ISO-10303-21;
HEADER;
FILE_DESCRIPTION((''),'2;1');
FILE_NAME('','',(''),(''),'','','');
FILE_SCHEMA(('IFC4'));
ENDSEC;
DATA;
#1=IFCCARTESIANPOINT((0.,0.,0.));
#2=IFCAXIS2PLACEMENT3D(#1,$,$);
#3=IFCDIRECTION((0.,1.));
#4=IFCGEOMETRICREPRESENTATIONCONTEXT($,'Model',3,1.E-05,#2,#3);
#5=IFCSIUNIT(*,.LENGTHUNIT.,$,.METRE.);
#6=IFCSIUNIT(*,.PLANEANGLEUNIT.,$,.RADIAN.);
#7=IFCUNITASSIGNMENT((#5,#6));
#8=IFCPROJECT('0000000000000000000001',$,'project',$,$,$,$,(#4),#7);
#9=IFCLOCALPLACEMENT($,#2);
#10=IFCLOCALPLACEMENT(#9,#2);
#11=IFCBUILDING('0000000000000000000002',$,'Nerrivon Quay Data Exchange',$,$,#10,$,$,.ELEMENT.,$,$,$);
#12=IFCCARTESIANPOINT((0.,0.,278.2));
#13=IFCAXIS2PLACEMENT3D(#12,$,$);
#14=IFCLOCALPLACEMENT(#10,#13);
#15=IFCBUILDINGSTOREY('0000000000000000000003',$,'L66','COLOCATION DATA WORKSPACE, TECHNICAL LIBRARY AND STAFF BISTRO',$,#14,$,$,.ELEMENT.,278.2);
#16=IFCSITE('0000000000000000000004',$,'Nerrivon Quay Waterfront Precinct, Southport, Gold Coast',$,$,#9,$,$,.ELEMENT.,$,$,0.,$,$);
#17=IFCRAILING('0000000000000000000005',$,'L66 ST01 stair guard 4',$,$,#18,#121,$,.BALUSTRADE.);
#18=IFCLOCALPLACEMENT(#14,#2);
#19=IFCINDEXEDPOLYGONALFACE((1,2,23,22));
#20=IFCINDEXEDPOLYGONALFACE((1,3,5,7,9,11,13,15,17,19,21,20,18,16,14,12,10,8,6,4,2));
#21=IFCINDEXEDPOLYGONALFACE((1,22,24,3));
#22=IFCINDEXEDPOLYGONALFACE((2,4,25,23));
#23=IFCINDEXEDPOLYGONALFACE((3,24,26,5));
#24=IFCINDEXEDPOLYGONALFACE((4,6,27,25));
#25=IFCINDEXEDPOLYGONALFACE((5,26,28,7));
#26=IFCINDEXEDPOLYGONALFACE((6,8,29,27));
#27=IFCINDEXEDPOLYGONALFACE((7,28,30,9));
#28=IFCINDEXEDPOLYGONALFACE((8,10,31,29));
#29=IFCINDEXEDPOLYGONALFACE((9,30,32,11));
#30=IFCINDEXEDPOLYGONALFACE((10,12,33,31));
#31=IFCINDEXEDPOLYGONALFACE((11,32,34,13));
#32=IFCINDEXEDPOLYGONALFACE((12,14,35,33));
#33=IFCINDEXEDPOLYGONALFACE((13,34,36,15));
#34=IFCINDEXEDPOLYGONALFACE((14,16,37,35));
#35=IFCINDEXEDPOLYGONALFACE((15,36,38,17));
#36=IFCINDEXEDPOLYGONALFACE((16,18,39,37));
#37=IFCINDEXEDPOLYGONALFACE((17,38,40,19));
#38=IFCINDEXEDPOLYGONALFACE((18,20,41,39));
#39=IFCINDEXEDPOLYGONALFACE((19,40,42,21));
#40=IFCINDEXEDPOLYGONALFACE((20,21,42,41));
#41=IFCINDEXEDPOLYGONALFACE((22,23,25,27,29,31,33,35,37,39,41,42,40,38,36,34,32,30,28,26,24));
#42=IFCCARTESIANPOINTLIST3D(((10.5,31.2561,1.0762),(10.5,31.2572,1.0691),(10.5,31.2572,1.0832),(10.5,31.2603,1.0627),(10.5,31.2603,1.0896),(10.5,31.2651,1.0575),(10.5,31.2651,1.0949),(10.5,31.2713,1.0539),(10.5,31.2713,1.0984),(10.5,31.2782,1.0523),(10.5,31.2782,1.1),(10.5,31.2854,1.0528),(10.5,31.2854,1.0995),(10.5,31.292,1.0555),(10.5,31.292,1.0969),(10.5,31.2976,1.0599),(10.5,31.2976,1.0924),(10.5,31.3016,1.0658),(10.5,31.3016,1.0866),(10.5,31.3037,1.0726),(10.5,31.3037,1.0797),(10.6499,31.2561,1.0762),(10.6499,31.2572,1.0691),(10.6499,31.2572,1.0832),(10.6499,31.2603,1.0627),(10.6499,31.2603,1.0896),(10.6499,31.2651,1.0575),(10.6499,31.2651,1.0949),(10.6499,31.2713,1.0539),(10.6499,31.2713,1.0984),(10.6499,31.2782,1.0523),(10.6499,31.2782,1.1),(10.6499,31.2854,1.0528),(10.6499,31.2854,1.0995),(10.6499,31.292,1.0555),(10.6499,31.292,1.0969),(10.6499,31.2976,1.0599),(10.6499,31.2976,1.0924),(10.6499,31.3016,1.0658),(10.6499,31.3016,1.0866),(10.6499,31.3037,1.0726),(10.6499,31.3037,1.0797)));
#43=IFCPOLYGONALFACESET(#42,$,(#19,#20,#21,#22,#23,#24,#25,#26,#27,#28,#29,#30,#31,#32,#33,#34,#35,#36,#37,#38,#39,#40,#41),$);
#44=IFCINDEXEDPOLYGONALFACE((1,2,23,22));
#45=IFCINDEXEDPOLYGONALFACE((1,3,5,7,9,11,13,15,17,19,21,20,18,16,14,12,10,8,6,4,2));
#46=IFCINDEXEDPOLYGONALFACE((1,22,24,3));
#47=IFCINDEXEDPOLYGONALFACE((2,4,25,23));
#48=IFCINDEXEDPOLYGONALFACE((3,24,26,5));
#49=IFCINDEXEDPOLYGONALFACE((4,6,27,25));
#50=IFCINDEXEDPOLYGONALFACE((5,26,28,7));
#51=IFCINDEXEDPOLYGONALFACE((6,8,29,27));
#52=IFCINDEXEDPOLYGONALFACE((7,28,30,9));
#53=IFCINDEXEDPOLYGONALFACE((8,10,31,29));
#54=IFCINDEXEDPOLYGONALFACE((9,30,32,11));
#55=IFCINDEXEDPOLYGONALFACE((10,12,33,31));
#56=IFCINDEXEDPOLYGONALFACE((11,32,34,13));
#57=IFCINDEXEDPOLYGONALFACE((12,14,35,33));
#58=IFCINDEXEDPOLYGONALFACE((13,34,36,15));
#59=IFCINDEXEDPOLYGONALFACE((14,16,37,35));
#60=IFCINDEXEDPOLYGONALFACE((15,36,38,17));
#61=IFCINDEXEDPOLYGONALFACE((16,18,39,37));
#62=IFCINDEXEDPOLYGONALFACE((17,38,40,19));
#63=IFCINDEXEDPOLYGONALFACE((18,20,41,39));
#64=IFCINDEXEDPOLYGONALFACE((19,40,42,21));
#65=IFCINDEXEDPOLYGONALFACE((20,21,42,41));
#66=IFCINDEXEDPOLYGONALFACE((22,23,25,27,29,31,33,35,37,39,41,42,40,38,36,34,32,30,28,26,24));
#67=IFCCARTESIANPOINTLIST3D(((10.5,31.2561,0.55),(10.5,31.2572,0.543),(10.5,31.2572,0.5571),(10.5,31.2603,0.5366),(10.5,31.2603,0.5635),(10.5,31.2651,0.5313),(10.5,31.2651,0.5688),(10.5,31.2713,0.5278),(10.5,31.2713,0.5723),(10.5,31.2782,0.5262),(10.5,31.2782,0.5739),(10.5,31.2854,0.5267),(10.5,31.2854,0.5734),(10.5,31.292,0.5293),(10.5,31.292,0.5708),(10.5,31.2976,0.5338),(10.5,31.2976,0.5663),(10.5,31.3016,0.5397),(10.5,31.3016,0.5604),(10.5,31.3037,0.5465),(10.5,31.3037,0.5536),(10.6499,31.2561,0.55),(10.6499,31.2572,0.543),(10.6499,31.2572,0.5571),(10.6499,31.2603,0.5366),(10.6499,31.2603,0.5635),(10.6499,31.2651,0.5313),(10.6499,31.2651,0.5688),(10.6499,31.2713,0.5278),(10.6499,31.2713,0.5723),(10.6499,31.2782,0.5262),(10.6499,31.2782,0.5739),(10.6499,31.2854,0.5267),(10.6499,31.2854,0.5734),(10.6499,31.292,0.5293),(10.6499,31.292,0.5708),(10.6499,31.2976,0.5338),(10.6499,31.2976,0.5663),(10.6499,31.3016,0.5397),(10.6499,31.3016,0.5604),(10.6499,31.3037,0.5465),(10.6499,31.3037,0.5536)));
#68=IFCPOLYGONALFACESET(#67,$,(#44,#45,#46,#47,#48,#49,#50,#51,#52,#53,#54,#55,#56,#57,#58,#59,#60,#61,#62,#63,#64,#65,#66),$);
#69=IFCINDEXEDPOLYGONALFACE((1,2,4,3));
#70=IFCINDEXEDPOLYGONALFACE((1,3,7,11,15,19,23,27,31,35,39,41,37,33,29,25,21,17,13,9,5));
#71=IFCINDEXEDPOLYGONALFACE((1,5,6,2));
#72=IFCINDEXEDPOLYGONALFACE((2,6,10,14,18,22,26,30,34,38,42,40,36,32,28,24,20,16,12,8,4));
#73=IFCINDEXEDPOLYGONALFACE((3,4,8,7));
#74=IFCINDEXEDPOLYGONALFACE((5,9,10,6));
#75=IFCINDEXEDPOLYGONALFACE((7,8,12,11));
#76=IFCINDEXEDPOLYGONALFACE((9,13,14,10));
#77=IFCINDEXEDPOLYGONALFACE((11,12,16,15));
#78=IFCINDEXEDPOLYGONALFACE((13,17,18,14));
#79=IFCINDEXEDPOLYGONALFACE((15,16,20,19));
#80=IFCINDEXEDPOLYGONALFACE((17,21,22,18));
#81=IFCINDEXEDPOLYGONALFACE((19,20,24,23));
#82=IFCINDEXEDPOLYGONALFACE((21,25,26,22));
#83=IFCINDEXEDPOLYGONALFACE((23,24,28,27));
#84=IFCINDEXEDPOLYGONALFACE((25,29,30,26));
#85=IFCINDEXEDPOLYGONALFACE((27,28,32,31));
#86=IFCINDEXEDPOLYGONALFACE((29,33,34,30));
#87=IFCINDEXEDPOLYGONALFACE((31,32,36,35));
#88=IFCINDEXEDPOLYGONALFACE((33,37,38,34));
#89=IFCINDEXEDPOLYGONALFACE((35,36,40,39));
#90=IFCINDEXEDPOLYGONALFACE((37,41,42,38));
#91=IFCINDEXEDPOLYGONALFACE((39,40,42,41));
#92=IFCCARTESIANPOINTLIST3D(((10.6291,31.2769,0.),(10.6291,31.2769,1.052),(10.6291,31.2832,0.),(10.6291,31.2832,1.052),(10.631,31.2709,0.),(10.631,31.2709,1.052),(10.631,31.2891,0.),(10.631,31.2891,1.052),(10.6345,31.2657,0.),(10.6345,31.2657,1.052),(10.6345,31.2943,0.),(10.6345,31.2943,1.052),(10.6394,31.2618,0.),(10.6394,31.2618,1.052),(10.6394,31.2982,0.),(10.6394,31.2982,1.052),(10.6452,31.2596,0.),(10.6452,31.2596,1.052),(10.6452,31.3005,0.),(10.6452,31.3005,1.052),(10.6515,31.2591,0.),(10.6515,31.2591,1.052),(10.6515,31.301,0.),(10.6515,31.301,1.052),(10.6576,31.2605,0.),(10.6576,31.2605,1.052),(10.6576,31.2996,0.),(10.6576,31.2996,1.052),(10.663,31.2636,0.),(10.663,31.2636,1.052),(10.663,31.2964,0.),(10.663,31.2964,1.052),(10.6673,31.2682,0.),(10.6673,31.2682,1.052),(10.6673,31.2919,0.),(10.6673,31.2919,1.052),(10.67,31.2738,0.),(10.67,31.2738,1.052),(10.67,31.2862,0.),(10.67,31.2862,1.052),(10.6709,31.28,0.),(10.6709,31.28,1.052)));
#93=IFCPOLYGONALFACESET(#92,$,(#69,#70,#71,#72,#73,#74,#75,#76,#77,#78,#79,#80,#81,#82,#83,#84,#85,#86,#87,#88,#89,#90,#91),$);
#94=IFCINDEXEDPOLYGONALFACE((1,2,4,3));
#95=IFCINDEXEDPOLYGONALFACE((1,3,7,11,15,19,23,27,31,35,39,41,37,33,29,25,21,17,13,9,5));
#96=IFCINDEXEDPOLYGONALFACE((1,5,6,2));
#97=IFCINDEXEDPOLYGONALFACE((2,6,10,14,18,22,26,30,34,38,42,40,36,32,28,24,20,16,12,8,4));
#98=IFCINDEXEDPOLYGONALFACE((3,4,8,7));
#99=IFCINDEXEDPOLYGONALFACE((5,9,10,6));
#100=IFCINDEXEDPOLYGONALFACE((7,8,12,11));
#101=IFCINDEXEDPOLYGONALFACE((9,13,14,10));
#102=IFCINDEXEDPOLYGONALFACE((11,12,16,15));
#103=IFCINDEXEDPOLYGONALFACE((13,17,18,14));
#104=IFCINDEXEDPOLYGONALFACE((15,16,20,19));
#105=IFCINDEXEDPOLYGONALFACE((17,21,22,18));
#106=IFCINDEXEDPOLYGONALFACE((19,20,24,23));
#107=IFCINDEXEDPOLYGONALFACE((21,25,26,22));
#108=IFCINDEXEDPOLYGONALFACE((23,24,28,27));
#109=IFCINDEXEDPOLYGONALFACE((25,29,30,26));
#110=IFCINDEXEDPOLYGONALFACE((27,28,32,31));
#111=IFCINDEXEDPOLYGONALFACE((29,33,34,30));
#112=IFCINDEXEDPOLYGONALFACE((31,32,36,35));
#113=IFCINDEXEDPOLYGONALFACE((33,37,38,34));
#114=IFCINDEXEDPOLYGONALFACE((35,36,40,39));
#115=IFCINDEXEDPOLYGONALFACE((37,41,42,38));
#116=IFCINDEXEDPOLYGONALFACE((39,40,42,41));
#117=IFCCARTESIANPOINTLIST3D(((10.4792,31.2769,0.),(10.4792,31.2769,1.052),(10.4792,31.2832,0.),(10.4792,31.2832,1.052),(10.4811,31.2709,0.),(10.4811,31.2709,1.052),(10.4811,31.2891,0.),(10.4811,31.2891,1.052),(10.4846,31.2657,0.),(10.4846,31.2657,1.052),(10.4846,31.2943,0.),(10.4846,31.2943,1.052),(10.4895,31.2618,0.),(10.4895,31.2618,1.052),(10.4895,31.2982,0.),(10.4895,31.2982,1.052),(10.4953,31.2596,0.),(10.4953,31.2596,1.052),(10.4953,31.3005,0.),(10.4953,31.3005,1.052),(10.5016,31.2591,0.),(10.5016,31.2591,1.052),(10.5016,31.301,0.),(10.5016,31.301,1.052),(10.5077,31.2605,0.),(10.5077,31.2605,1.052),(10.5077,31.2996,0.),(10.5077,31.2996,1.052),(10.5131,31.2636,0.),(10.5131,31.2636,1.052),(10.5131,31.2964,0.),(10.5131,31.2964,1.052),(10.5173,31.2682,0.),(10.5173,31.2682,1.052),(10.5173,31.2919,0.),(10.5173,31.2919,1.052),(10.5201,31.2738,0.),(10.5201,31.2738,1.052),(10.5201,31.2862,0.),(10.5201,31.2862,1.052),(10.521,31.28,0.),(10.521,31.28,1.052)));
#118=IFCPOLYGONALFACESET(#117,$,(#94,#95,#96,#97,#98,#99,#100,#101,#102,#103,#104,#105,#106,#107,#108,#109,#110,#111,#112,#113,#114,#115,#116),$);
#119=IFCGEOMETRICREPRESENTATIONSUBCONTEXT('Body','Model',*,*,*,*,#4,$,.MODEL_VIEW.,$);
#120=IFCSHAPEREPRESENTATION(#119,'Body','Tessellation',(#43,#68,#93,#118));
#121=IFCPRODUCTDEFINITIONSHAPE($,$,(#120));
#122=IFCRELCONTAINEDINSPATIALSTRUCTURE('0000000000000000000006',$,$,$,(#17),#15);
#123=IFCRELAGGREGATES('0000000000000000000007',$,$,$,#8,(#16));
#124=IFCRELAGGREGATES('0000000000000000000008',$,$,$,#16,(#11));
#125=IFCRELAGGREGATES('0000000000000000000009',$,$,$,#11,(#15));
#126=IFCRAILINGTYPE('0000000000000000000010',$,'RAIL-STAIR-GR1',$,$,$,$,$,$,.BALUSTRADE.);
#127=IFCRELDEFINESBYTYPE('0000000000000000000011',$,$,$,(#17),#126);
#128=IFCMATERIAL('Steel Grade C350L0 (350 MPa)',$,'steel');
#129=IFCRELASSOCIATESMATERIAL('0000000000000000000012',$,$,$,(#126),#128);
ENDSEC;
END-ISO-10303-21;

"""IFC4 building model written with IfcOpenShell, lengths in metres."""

from ifc_helpers import new_model, si_unit, direction, frame, origin, origin_2d, place, context, subcontext, project, spatial, circle, extrude, material, type_object, element, save


model = new_model("IFC4")

# Units and contexts
model_context = context("Model", 3, precision=1e-05, world=origin(), true_north=direction((0.0, 1.0)))
body_context = subcontext(model_context, "Body", "Model", "MODEL_VIEW")
ifc_project = project(units=[si_unit("LENGTHUNIT", "METRE"), si_unit("PLANEANGLEUNIT", "RADIAN")], contexts=[model_context])

# Site, building, storey
site_placement = place(None, origin())
site = spatial("IfcSite", under=ifc_project, at=site_placement, Name="Nerrivon Quay Waterfront Precinct, Southport, Gold Coast", CompositionType="ELEMENT", RefElevation=0.0)
building_placement = place(site_placement, origin())
building = spatial("IfcBuilding", under=site, at=building_placement, Name="Nerrivon Quay Data Exchange", CompositionType="ELEMENT")
storey_placement = place(building_placement, frame((0.0, 0.0, 278.2)))
storey = spatial("IfcBuildingStorey", under=building, at=storey_placement, Name="L66", Description="COLOCATION DATA WORKSPACE, TECHNICAL LIBRARY AND STAFF BISTRO", CompositionType="ELEMENT", Elevation=278.2)

# Railing
ifc_material_1 = material(Name="Steel Grade C350L0 (350 MPa)", Category="steel")
railing_type_1 = type_object("IfcRailingType", Name="RAIL-STAIR-GR1", PredefinedType="BALUSTRADE", material=ifc_material_1)
railing_1_placement = place(storey_placement, frame((10.6499, 31.28, 0.0)))
element("IfcRailing", 1, at=railing_1_placement, inside=storey, type_object=railing_type_1, Name="L66 ST01 stair guard 4", PredefinedType="BALUSTRADE", context=body_context, shape_type="SweptSolid", body=[
    extrude(circle(Radius=0.0239, at=origin_2d()), frame((0.0, 0.0, 1.0762), z_axis=(-1.0, 0.0, 0.0), x_axis=(0.0, -1.0, 0.0)), (0.0, 0.0, 1.0), 0.1499),
    extrude(circle(Radius=0.0239, at=origin_2d()), frame((0.0, 0.0, 0.55), z_axis=(-1.0, 0.0, 0.0), x_axis=(0.0, -1.0, 0.0)), (0.0, 0.0, 1.0), 0.1499),
    extrude(circle(Radius=0.021, at=origin_2d()), origin(), (0.0, 0.0, 1.0), 1.052),
    extrude(circle(Radius=0.021, at=origin_2d()), frame((-0.1499, 0.0, 0.0)), (0.0, 0.0, 1.0), 1.052),
])

save(model, "model.ifc")
